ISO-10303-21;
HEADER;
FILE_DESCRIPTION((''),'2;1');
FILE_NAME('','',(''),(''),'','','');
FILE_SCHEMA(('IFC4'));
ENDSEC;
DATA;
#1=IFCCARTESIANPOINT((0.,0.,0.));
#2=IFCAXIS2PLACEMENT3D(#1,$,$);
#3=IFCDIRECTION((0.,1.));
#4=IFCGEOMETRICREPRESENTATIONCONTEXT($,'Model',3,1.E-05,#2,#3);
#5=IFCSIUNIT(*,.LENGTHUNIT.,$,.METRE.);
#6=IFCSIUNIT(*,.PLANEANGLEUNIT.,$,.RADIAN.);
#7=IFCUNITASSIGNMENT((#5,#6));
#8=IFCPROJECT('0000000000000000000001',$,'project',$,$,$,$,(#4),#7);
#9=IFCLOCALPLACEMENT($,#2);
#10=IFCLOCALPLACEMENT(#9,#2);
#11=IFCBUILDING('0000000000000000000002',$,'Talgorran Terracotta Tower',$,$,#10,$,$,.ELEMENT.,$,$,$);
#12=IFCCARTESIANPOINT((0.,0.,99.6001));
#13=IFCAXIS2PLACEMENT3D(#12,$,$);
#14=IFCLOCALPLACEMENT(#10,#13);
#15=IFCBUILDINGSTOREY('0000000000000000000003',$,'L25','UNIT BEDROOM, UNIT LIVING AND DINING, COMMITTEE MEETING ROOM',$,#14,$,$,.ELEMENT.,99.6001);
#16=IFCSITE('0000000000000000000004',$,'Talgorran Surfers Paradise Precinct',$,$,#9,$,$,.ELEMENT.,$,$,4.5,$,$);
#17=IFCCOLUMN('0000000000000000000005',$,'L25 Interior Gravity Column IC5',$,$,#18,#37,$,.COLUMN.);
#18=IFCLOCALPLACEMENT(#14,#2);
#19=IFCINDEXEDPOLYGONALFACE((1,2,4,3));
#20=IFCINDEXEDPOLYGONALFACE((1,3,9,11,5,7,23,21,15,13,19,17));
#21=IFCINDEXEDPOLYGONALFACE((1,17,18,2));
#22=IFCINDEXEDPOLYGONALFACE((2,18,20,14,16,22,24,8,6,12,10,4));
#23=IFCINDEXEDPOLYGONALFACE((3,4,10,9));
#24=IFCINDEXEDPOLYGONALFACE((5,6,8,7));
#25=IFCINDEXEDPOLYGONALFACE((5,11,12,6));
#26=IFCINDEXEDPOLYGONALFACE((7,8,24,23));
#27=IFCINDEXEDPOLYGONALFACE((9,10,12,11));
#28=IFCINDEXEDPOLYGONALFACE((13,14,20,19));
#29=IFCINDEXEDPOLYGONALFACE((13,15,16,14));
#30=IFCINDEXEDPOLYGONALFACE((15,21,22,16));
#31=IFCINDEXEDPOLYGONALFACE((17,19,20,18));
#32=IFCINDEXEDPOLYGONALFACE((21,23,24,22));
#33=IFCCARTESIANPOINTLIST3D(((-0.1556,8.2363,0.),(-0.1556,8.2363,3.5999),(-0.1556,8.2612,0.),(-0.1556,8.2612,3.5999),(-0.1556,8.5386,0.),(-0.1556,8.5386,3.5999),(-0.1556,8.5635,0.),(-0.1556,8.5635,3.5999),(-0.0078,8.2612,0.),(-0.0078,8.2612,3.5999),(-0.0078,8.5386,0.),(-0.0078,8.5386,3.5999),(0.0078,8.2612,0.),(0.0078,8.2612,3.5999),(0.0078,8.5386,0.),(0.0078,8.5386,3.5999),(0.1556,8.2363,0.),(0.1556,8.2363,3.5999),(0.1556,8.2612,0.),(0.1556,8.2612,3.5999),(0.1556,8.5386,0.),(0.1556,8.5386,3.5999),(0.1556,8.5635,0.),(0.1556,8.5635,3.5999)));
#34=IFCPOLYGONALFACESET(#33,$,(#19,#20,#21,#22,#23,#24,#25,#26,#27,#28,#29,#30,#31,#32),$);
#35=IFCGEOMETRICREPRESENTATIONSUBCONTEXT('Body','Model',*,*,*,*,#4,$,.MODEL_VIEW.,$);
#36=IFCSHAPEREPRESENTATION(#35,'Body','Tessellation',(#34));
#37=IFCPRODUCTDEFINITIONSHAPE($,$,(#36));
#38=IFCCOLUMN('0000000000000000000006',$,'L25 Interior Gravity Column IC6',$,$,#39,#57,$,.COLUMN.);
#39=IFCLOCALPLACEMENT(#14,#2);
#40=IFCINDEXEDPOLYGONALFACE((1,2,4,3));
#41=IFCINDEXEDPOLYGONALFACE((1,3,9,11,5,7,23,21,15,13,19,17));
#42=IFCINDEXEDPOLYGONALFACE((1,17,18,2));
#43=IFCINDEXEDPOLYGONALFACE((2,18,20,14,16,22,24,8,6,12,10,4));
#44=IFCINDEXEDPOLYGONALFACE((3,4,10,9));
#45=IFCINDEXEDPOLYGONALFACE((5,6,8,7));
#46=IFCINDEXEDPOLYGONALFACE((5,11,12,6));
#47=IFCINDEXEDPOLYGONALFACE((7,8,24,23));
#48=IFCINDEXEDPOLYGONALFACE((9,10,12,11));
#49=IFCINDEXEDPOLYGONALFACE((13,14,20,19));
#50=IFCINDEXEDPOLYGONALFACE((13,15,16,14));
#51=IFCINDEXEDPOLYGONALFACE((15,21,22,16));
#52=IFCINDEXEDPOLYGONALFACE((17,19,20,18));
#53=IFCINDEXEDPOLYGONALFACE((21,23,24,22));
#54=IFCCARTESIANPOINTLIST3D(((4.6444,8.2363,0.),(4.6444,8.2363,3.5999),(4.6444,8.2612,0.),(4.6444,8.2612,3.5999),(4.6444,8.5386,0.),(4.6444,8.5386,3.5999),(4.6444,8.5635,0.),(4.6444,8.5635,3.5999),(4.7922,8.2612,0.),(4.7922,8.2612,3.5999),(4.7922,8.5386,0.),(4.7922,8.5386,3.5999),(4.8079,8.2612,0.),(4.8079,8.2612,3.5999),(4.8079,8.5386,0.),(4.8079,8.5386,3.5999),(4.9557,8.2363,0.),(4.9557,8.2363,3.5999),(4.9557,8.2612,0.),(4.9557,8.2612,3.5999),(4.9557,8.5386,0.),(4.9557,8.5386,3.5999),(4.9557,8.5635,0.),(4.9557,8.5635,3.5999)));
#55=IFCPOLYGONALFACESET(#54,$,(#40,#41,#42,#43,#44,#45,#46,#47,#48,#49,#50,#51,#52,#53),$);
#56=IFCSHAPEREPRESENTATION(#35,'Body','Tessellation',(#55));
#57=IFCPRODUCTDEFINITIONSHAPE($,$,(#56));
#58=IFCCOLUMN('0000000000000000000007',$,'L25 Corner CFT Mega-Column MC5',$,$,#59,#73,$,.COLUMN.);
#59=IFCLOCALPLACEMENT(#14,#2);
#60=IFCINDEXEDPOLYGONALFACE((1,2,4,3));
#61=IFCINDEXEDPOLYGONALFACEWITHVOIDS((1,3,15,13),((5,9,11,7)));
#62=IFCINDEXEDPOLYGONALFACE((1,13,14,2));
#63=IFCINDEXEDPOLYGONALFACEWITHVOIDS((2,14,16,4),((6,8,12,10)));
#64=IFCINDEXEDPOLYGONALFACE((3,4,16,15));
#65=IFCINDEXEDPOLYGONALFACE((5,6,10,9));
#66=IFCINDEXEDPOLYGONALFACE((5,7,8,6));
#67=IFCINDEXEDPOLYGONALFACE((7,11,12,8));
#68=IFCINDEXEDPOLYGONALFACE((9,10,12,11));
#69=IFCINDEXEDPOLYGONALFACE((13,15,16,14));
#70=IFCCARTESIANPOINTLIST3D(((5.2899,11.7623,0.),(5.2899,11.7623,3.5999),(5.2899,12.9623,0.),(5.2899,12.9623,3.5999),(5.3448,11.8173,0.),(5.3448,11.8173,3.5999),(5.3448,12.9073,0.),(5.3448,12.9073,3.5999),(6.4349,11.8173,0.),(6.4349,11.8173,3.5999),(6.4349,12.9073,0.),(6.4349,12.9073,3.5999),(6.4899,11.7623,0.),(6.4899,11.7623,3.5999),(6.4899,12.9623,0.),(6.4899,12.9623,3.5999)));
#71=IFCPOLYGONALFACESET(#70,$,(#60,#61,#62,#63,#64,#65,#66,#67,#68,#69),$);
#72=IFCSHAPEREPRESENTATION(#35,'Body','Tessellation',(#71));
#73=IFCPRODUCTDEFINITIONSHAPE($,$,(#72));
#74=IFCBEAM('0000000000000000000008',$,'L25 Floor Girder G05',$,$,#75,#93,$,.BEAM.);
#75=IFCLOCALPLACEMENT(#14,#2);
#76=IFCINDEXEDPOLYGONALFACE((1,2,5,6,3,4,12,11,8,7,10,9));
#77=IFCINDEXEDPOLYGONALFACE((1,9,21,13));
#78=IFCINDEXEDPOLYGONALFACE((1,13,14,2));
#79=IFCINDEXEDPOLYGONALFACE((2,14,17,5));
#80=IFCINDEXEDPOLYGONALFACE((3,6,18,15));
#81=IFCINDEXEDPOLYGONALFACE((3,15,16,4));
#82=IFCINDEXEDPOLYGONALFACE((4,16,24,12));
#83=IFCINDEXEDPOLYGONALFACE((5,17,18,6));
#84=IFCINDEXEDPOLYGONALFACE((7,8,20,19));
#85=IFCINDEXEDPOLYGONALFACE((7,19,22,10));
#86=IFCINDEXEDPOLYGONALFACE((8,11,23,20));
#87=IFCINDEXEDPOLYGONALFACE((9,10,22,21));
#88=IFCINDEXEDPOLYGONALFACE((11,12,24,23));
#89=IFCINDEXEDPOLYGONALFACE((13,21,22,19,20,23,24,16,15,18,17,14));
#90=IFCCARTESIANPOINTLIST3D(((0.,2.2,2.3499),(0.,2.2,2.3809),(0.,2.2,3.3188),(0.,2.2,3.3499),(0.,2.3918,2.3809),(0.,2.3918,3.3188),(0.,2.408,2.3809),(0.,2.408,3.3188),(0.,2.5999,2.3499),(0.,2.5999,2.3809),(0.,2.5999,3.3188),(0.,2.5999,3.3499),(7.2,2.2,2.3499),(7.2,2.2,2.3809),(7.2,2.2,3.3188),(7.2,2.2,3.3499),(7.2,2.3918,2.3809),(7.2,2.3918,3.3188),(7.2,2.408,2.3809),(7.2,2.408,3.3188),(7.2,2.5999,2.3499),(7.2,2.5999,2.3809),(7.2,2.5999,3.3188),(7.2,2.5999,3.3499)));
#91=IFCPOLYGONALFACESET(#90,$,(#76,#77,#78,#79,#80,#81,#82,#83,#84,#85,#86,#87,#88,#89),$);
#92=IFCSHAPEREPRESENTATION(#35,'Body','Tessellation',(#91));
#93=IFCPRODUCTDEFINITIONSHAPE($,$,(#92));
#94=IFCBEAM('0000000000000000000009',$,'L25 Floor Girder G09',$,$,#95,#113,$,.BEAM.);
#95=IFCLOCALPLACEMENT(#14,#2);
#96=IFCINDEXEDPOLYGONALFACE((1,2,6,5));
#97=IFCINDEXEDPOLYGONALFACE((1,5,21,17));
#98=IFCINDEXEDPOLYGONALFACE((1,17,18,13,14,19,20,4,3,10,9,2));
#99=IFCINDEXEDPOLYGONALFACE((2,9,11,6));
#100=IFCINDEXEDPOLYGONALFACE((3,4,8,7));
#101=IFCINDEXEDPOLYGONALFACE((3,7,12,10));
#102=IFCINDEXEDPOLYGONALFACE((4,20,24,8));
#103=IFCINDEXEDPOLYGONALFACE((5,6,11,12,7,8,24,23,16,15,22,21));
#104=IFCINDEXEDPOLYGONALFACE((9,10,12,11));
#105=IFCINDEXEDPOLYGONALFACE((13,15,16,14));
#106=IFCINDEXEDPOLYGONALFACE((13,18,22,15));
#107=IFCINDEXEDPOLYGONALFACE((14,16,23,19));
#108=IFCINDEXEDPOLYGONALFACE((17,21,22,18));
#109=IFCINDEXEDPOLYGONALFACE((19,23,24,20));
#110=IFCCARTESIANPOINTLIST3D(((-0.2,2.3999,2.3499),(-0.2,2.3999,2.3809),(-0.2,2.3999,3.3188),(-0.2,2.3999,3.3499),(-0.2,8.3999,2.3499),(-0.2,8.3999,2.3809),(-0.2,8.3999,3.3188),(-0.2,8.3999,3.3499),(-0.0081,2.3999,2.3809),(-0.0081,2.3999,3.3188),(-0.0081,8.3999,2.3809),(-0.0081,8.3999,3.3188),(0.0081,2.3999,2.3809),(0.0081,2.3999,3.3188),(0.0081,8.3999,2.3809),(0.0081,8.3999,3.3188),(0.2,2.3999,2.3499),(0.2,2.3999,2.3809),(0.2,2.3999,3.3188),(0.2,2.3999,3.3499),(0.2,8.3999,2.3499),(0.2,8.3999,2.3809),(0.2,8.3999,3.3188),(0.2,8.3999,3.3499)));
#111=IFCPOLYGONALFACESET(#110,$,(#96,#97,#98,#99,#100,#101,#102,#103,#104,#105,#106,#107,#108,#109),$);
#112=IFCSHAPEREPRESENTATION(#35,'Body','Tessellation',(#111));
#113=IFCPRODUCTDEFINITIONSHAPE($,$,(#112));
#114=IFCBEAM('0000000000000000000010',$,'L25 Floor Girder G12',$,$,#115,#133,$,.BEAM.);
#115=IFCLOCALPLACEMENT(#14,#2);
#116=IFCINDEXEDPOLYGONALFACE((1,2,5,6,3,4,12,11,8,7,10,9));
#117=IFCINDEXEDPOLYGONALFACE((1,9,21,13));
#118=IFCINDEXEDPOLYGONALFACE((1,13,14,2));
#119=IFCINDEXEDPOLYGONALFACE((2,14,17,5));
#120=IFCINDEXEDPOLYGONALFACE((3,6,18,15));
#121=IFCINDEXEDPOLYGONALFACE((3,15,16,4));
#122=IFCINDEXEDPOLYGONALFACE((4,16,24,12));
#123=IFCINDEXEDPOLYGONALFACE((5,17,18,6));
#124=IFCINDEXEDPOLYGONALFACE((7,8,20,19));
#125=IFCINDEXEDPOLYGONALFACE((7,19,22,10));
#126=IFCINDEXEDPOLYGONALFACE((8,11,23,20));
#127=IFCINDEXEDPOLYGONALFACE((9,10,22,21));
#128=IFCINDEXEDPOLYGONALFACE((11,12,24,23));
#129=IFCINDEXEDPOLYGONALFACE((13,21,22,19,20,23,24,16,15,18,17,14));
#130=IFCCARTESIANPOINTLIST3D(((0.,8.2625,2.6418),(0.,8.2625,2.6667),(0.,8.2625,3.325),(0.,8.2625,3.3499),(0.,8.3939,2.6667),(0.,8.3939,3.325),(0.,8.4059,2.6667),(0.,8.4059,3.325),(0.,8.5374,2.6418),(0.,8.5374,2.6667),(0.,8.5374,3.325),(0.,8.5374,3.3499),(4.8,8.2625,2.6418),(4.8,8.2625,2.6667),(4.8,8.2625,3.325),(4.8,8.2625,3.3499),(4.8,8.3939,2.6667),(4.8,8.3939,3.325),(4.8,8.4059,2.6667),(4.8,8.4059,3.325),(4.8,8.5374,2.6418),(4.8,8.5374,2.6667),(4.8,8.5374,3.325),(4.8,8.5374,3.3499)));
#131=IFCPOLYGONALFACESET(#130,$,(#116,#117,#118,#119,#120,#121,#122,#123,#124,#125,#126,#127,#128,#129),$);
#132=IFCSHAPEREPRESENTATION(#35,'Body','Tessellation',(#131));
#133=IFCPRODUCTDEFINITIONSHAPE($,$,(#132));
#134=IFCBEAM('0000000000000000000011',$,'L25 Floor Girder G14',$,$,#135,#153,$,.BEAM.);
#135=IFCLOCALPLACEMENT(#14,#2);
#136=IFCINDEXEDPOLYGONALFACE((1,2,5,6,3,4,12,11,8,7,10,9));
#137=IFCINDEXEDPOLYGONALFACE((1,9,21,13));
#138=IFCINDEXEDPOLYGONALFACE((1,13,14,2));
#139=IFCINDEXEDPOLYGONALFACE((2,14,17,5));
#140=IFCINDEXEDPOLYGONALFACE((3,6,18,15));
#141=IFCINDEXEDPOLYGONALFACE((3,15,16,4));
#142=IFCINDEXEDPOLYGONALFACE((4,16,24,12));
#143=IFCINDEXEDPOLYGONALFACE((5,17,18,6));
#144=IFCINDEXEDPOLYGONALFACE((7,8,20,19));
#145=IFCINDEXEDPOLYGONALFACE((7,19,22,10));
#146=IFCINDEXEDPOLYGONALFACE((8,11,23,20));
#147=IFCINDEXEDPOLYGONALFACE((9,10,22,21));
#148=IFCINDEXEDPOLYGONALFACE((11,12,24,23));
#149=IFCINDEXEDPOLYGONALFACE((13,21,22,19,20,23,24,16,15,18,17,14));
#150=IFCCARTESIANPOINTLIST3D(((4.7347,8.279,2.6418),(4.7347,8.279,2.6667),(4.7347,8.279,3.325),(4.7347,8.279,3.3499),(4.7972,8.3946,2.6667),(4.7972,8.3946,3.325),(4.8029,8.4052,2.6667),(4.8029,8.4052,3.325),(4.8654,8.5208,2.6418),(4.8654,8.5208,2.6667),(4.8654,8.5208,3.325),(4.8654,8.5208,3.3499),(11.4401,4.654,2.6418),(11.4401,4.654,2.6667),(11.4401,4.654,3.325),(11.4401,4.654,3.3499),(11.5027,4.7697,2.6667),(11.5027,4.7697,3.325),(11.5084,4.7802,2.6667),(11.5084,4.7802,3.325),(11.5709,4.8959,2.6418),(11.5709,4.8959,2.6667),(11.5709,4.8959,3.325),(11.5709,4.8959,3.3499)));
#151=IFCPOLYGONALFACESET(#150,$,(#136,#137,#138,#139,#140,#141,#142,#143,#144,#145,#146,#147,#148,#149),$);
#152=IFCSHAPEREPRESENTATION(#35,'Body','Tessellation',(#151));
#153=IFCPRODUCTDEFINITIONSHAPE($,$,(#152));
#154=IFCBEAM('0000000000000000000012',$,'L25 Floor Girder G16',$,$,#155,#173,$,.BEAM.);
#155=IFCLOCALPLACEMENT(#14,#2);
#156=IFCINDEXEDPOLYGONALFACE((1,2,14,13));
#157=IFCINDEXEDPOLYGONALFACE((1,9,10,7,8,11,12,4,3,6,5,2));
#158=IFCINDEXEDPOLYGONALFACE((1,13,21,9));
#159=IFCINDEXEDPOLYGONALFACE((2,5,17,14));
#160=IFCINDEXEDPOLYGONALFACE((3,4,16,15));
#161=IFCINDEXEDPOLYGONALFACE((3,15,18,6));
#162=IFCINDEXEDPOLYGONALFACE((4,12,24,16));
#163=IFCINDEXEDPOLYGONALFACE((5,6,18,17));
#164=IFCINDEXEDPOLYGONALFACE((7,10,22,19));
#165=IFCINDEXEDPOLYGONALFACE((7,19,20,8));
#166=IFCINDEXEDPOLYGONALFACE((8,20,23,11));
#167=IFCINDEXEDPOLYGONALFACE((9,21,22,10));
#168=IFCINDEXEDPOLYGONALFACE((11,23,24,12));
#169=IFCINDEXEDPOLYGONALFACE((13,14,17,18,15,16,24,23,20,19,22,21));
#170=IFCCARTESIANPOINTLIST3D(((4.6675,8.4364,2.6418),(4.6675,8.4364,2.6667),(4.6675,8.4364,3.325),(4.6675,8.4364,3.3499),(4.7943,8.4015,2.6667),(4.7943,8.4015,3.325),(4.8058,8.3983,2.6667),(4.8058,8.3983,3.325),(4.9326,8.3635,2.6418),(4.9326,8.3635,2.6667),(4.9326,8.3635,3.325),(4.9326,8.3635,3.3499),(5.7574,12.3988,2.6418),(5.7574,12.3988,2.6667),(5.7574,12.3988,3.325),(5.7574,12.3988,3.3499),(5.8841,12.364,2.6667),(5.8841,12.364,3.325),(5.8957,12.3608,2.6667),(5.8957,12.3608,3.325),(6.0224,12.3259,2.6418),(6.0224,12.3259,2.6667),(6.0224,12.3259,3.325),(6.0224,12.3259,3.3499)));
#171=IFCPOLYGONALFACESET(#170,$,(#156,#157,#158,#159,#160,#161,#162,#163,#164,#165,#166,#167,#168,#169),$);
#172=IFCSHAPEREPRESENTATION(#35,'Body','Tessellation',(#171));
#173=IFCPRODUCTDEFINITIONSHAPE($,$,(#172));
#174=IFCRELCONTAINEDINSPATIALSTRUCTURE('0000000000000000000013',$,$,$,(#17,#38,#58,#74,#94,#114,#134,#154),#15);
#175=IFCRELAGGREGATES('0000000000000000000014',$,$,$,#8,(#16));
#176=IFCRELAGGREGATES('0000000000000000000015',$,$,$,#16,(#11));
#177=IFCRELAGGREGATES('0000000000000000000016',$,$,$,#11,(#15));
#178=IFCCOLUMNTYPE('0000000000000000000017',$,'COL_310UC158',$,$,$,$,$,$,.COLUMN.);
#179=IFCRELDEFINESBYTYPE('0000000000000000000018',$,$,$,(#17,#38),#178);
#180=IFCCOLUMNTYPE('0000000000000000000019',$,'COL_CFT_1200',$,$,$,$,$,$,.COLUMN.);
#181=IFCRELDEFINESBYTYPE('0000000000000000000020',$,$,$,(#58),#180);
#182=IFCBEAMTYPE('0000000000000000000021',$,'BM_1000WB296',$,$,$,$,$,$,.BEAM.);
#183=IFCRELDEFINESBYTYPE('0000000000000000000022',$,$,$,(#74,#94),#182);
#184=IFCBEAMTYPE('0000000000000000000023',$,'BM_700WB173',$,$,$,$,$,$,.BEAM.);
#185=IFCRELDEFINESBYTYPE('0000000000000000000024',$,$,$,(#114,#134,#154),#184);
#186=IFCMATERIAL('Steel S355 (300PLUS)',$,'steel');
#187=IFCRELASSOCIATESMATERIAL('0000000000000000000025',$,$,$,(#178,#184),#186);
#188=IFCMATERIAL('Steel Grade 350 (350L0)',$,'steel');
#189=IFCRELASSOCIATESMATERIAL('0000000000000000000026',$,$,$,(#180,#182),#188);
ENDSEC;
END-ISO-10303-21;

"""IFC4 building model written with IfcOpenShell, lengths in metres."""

from ifc_helpers import new_model, si_unit, direction, frame, origin, origin_2d, place, context, subcontext, project, spatial, hollow_rectangle, i_section, extrude, material, material_profile, profile_set, type_object, element, save


model = new_model("IFC4")

# Units and contexts
model_context = context("Model", 3, precision=1e-05, world=origin(), true_north=direction((0.0, 1.0)))
body_context = subcontext(model_context, "Body", "Model", "MODEL_VIEW")
ifc_project = project(units=[si_unit("LENGTHUNIT", "METRE"), si_unit("PLANEANGLEUNIT", "RADIAN")], contexts=[model_context])

# Site, building, storey
site_placement = place(None, origin())
site = spatial("IfcSite", under=ifc_project, at=site_placement, Name="Talgorran Surfers Paradise Precinct", CompositionType="ELEMENT", RefElevation=4.5)
building_placement = place(site_placement, origin())
building = spatial("IfcBuilding", under=site, at=building_placement, Name="Talgorran Terracotta Tower", CompositionType="ELEMENT")
storey_placement = place(building_placement, frame((0.0, 0.0, 99.6001)))
storey = spatial("IfcBuildingStorey", under=building, at=storey_placement, Name="L25", Description="UNIT BEDROOM, UNIT LIVING AND DINING, COMMITTEE MEETING ROOM", CompositionType="ELEMENT", Elevation=99.6001)

# Columns
ifc_material_1 = material(Name="Steel S355 (300PLUS)", Category="steel")
ifc_material_profile_1 = material_profile(ifc_material_1, i_section(OverallWidth=0.3113, OverallDepth=0.3271, WebThickness=0.0156, FlangeThickness=0.0249, at=origin_2d()), Name="310UC158")
ifc_profile_set_1 = profile_set([ifc_material_profile_1], Name="Steel S355 (300PLUS)")
column_type_1 = type_object("IfcColumnType", Name="COL_310UC158", PredefinedType="COLUMN", material=ifc_profile_set_1)
for number, where, z_axis, x_axis, name in (
    (1, (0.0, 8.3999, 0.0), (0.0, 0.0, 1.0), (1.0, 0.0, 0.0), "L25 Interior Gravity Column IC5"),
    (2, (4.8, 8.3999, 0.0), (0.0, 0.0, 1.0), (1.0, 0.0, 0.0), "L25 Interior Gravity Column IC6"),
):
    element("IfcColumn", number, at=place(storey_placement, frame(where, z_axis=z_axis, x_axis=x_axis)), inside=storey, type_object=column_type_1, Name=name, PredefinedType="COLUMN", context=body_context, shape_type="SweptSolid", body=[
        extrude(i_section(OverallWidth=0.3113, OverallDepth=0.3271, WebThickness=0.0156, FlangeThickness=0.0249, at=origin_2d()), origin(), (0.0, 0.0, 1.0), 3.5999),
    ])
ifc_material_2 = material(Name="Steel Grade 350 (350L0)", Category="steel")
ifc_material_profile_2 = material_profile(ifc_material_2, hollow_rectangle(XDim=1.2, YDim=1.2, WallThickness=0.0549, at=origin_2d()), Name="CFT1200X1200X55")
ifc_profile_set_2 = profile_set([ifc_material_profile_2], Name="Steel Grade 350 (350L0)")
column_type_2 = type_object("IfcColumnType", Name="COL_CFT_1200", PredefinedType="COLUMN", material=ifc_profile_set_2)
column_placement = place(storey_placement, frame((5.8899, 12.3623, 0.0), z_axis=(0.0, 0.0, 1.0), x_axis=(1.0, 0.0, 0.0)))
element("IfcColumn", 3, at=column_placement, inside=storey, type_object=column_type_2, Name="L25 Corner CFT Mega-Column MC5", PredefinedType="COLUMN", context=body_context, shape_type="SweptSolid", body=[
    extrude(hollow_rectangle(XDim=1.2, YDim=1.2, WallThickness=0.0549, at=origin_2d()), origin(), (0.0, 0.0, 1.0), 3.5999),
])

# Beams
ifc_material_profile_3 = material_profile(ifc_material_2, i_section(OverallWidth=0.3999, OverallDepth=1.0, WebThickness=0.0161, FlangeThickness=0.031, at=origin_2d()), Name="1000WB296")
ifc_profile_set_3 = profile_set([ifc_material_profile_3], Name="Steel Grade 350 (350L0)")
beam_type_1 = type_object("IfcBeamType", Name="BM_1000WB296", PredefinedType="BEAM", material=ifc_profile_set_3)
beam_1_placement = place(storey_placement, frame((0.0, 2.3999, 2.8499), z_axis=(1.0, 0.0, 0.0), x_axis=(0.0, 1.0, 0.0)))
element("IfcBeam", 4, at=beam_1_placement, inside=storey, type_object=beam_type_1, Name="L25 Floor Girder G05", PredefinedType="BEAM", context=body_context, shape_type="SweptSolid", body=[
    extrude(i_section(OverallWidth=0.3999, OverallDepth=1.0, WebThickness=0.0161, FlangeThickness=0.031, at=origin_2d()), origin(), (0.0, 0.0, 1.0), 7.2),
])
beam_2_placement = place(storey_placement, frame((0.0, 2.3999, 2.8499), z_axis=(0.0, 1.0, 0.0), x_axis=(-1.0, 0.0, 0.0)))
element("IfcBeam", 5, at=beam_2_placement, inside=storey, type_object=beam_type_1, Name="L25 Floor Girder G09", PredefinedType="BEAM", context=body_context, shape_type="SweptSolid", body=[
    extrude(i_section(OverallWidth=0.3999, OverallDepth=1.0, WebThickness=0.0161, FlangeThickness=0.031, at=origin_2d()), origin(), (0.0, 0.0, 1.0), 6.0),
])
ifc_material_profile_4 = material_profile(ifc_material_1, i_section(OverallWidth=0.2749, OverallDepth=0.708, WebThickness=0.012, FlangeThickness=0.0249, at=origin_2d()), Name="700WB173")
ifc_profile_set_4 = profile_set([ifc_material_profile_4], Name="Steel S355 (300PLUS)")
beam_type_2 = type_object("IfcBeamType", Name="BM_700WB173", PredefinedType="BEAM", material=ifc_profile_set_4)
beam_3_placement = place(storey_placement, frame((0.0, 8.3999, 2.9958), z_axis=(1.0, 0.0, 0.0), x_axis=(0.0, 1.0, 0.0)))
element("IfcBeam", 6, at=beam_3_placement, inside=storey, type_object=beam_type_2, Name="L25 Floor Girder G12", PredefinedType="BEAM", context=body_context, shape_type="SweptSolid", body=[
    extrude(i_section(OverallWidth=0.2749, OverallDepth=0.708, WebThickness=0.012, FlangeThickness=0.0249, at=origin_2d()), origin(), (0.0, 0.0, 1.0), 4.8),
])
beam_4_placement = place(storey_placement, frame((4.8, 8.3999, 2.9958), z_axis=(0.879686, -0.475555, 0.0), x_axis=(0.475555, 0.879686, 0.0)))
element("IfcBeam", 7, at=beam_4_placement, inside=storey, type_object=beam_type_2, Name="L25 Floor Girder G14", PredefinedType="BEAM", context=body_context, shape_type="SweptSolid", body=[
    extrude(i_section(OverallWidth=0.2749, OverallDepth=0.708, WebThickness=0.012, FlangeThickness=0.0249, at=origin_2d()), origin(), (0.0, 0.0, 1.0), 7.6226),
])
beam_5_placement = place(storey_placement, frame((4.8, 8.3999, 2.9958), z_axis=(0.265198, 0.964194, 0.0), x_axis=(-0.964194, 0.265198, 0.0)))
element("IfcBeam", 8, at=beam_5_placement, inside=storey, type_object=beam_type_2, Name="L25 Floor Girder G16", PredefinedType="BEAM", context=body_context, shape_type="SweptSolid", body=[
    extrude(i_section(OverallWidth=0.2749, OverallDepth=0.708, WebThickness=0.012, FlangeThickness=0.0249, at=origin_2d()), origin(), (0.0, 0.0, 1.0), 4.1096),
])

save(model, "model.ifc")
